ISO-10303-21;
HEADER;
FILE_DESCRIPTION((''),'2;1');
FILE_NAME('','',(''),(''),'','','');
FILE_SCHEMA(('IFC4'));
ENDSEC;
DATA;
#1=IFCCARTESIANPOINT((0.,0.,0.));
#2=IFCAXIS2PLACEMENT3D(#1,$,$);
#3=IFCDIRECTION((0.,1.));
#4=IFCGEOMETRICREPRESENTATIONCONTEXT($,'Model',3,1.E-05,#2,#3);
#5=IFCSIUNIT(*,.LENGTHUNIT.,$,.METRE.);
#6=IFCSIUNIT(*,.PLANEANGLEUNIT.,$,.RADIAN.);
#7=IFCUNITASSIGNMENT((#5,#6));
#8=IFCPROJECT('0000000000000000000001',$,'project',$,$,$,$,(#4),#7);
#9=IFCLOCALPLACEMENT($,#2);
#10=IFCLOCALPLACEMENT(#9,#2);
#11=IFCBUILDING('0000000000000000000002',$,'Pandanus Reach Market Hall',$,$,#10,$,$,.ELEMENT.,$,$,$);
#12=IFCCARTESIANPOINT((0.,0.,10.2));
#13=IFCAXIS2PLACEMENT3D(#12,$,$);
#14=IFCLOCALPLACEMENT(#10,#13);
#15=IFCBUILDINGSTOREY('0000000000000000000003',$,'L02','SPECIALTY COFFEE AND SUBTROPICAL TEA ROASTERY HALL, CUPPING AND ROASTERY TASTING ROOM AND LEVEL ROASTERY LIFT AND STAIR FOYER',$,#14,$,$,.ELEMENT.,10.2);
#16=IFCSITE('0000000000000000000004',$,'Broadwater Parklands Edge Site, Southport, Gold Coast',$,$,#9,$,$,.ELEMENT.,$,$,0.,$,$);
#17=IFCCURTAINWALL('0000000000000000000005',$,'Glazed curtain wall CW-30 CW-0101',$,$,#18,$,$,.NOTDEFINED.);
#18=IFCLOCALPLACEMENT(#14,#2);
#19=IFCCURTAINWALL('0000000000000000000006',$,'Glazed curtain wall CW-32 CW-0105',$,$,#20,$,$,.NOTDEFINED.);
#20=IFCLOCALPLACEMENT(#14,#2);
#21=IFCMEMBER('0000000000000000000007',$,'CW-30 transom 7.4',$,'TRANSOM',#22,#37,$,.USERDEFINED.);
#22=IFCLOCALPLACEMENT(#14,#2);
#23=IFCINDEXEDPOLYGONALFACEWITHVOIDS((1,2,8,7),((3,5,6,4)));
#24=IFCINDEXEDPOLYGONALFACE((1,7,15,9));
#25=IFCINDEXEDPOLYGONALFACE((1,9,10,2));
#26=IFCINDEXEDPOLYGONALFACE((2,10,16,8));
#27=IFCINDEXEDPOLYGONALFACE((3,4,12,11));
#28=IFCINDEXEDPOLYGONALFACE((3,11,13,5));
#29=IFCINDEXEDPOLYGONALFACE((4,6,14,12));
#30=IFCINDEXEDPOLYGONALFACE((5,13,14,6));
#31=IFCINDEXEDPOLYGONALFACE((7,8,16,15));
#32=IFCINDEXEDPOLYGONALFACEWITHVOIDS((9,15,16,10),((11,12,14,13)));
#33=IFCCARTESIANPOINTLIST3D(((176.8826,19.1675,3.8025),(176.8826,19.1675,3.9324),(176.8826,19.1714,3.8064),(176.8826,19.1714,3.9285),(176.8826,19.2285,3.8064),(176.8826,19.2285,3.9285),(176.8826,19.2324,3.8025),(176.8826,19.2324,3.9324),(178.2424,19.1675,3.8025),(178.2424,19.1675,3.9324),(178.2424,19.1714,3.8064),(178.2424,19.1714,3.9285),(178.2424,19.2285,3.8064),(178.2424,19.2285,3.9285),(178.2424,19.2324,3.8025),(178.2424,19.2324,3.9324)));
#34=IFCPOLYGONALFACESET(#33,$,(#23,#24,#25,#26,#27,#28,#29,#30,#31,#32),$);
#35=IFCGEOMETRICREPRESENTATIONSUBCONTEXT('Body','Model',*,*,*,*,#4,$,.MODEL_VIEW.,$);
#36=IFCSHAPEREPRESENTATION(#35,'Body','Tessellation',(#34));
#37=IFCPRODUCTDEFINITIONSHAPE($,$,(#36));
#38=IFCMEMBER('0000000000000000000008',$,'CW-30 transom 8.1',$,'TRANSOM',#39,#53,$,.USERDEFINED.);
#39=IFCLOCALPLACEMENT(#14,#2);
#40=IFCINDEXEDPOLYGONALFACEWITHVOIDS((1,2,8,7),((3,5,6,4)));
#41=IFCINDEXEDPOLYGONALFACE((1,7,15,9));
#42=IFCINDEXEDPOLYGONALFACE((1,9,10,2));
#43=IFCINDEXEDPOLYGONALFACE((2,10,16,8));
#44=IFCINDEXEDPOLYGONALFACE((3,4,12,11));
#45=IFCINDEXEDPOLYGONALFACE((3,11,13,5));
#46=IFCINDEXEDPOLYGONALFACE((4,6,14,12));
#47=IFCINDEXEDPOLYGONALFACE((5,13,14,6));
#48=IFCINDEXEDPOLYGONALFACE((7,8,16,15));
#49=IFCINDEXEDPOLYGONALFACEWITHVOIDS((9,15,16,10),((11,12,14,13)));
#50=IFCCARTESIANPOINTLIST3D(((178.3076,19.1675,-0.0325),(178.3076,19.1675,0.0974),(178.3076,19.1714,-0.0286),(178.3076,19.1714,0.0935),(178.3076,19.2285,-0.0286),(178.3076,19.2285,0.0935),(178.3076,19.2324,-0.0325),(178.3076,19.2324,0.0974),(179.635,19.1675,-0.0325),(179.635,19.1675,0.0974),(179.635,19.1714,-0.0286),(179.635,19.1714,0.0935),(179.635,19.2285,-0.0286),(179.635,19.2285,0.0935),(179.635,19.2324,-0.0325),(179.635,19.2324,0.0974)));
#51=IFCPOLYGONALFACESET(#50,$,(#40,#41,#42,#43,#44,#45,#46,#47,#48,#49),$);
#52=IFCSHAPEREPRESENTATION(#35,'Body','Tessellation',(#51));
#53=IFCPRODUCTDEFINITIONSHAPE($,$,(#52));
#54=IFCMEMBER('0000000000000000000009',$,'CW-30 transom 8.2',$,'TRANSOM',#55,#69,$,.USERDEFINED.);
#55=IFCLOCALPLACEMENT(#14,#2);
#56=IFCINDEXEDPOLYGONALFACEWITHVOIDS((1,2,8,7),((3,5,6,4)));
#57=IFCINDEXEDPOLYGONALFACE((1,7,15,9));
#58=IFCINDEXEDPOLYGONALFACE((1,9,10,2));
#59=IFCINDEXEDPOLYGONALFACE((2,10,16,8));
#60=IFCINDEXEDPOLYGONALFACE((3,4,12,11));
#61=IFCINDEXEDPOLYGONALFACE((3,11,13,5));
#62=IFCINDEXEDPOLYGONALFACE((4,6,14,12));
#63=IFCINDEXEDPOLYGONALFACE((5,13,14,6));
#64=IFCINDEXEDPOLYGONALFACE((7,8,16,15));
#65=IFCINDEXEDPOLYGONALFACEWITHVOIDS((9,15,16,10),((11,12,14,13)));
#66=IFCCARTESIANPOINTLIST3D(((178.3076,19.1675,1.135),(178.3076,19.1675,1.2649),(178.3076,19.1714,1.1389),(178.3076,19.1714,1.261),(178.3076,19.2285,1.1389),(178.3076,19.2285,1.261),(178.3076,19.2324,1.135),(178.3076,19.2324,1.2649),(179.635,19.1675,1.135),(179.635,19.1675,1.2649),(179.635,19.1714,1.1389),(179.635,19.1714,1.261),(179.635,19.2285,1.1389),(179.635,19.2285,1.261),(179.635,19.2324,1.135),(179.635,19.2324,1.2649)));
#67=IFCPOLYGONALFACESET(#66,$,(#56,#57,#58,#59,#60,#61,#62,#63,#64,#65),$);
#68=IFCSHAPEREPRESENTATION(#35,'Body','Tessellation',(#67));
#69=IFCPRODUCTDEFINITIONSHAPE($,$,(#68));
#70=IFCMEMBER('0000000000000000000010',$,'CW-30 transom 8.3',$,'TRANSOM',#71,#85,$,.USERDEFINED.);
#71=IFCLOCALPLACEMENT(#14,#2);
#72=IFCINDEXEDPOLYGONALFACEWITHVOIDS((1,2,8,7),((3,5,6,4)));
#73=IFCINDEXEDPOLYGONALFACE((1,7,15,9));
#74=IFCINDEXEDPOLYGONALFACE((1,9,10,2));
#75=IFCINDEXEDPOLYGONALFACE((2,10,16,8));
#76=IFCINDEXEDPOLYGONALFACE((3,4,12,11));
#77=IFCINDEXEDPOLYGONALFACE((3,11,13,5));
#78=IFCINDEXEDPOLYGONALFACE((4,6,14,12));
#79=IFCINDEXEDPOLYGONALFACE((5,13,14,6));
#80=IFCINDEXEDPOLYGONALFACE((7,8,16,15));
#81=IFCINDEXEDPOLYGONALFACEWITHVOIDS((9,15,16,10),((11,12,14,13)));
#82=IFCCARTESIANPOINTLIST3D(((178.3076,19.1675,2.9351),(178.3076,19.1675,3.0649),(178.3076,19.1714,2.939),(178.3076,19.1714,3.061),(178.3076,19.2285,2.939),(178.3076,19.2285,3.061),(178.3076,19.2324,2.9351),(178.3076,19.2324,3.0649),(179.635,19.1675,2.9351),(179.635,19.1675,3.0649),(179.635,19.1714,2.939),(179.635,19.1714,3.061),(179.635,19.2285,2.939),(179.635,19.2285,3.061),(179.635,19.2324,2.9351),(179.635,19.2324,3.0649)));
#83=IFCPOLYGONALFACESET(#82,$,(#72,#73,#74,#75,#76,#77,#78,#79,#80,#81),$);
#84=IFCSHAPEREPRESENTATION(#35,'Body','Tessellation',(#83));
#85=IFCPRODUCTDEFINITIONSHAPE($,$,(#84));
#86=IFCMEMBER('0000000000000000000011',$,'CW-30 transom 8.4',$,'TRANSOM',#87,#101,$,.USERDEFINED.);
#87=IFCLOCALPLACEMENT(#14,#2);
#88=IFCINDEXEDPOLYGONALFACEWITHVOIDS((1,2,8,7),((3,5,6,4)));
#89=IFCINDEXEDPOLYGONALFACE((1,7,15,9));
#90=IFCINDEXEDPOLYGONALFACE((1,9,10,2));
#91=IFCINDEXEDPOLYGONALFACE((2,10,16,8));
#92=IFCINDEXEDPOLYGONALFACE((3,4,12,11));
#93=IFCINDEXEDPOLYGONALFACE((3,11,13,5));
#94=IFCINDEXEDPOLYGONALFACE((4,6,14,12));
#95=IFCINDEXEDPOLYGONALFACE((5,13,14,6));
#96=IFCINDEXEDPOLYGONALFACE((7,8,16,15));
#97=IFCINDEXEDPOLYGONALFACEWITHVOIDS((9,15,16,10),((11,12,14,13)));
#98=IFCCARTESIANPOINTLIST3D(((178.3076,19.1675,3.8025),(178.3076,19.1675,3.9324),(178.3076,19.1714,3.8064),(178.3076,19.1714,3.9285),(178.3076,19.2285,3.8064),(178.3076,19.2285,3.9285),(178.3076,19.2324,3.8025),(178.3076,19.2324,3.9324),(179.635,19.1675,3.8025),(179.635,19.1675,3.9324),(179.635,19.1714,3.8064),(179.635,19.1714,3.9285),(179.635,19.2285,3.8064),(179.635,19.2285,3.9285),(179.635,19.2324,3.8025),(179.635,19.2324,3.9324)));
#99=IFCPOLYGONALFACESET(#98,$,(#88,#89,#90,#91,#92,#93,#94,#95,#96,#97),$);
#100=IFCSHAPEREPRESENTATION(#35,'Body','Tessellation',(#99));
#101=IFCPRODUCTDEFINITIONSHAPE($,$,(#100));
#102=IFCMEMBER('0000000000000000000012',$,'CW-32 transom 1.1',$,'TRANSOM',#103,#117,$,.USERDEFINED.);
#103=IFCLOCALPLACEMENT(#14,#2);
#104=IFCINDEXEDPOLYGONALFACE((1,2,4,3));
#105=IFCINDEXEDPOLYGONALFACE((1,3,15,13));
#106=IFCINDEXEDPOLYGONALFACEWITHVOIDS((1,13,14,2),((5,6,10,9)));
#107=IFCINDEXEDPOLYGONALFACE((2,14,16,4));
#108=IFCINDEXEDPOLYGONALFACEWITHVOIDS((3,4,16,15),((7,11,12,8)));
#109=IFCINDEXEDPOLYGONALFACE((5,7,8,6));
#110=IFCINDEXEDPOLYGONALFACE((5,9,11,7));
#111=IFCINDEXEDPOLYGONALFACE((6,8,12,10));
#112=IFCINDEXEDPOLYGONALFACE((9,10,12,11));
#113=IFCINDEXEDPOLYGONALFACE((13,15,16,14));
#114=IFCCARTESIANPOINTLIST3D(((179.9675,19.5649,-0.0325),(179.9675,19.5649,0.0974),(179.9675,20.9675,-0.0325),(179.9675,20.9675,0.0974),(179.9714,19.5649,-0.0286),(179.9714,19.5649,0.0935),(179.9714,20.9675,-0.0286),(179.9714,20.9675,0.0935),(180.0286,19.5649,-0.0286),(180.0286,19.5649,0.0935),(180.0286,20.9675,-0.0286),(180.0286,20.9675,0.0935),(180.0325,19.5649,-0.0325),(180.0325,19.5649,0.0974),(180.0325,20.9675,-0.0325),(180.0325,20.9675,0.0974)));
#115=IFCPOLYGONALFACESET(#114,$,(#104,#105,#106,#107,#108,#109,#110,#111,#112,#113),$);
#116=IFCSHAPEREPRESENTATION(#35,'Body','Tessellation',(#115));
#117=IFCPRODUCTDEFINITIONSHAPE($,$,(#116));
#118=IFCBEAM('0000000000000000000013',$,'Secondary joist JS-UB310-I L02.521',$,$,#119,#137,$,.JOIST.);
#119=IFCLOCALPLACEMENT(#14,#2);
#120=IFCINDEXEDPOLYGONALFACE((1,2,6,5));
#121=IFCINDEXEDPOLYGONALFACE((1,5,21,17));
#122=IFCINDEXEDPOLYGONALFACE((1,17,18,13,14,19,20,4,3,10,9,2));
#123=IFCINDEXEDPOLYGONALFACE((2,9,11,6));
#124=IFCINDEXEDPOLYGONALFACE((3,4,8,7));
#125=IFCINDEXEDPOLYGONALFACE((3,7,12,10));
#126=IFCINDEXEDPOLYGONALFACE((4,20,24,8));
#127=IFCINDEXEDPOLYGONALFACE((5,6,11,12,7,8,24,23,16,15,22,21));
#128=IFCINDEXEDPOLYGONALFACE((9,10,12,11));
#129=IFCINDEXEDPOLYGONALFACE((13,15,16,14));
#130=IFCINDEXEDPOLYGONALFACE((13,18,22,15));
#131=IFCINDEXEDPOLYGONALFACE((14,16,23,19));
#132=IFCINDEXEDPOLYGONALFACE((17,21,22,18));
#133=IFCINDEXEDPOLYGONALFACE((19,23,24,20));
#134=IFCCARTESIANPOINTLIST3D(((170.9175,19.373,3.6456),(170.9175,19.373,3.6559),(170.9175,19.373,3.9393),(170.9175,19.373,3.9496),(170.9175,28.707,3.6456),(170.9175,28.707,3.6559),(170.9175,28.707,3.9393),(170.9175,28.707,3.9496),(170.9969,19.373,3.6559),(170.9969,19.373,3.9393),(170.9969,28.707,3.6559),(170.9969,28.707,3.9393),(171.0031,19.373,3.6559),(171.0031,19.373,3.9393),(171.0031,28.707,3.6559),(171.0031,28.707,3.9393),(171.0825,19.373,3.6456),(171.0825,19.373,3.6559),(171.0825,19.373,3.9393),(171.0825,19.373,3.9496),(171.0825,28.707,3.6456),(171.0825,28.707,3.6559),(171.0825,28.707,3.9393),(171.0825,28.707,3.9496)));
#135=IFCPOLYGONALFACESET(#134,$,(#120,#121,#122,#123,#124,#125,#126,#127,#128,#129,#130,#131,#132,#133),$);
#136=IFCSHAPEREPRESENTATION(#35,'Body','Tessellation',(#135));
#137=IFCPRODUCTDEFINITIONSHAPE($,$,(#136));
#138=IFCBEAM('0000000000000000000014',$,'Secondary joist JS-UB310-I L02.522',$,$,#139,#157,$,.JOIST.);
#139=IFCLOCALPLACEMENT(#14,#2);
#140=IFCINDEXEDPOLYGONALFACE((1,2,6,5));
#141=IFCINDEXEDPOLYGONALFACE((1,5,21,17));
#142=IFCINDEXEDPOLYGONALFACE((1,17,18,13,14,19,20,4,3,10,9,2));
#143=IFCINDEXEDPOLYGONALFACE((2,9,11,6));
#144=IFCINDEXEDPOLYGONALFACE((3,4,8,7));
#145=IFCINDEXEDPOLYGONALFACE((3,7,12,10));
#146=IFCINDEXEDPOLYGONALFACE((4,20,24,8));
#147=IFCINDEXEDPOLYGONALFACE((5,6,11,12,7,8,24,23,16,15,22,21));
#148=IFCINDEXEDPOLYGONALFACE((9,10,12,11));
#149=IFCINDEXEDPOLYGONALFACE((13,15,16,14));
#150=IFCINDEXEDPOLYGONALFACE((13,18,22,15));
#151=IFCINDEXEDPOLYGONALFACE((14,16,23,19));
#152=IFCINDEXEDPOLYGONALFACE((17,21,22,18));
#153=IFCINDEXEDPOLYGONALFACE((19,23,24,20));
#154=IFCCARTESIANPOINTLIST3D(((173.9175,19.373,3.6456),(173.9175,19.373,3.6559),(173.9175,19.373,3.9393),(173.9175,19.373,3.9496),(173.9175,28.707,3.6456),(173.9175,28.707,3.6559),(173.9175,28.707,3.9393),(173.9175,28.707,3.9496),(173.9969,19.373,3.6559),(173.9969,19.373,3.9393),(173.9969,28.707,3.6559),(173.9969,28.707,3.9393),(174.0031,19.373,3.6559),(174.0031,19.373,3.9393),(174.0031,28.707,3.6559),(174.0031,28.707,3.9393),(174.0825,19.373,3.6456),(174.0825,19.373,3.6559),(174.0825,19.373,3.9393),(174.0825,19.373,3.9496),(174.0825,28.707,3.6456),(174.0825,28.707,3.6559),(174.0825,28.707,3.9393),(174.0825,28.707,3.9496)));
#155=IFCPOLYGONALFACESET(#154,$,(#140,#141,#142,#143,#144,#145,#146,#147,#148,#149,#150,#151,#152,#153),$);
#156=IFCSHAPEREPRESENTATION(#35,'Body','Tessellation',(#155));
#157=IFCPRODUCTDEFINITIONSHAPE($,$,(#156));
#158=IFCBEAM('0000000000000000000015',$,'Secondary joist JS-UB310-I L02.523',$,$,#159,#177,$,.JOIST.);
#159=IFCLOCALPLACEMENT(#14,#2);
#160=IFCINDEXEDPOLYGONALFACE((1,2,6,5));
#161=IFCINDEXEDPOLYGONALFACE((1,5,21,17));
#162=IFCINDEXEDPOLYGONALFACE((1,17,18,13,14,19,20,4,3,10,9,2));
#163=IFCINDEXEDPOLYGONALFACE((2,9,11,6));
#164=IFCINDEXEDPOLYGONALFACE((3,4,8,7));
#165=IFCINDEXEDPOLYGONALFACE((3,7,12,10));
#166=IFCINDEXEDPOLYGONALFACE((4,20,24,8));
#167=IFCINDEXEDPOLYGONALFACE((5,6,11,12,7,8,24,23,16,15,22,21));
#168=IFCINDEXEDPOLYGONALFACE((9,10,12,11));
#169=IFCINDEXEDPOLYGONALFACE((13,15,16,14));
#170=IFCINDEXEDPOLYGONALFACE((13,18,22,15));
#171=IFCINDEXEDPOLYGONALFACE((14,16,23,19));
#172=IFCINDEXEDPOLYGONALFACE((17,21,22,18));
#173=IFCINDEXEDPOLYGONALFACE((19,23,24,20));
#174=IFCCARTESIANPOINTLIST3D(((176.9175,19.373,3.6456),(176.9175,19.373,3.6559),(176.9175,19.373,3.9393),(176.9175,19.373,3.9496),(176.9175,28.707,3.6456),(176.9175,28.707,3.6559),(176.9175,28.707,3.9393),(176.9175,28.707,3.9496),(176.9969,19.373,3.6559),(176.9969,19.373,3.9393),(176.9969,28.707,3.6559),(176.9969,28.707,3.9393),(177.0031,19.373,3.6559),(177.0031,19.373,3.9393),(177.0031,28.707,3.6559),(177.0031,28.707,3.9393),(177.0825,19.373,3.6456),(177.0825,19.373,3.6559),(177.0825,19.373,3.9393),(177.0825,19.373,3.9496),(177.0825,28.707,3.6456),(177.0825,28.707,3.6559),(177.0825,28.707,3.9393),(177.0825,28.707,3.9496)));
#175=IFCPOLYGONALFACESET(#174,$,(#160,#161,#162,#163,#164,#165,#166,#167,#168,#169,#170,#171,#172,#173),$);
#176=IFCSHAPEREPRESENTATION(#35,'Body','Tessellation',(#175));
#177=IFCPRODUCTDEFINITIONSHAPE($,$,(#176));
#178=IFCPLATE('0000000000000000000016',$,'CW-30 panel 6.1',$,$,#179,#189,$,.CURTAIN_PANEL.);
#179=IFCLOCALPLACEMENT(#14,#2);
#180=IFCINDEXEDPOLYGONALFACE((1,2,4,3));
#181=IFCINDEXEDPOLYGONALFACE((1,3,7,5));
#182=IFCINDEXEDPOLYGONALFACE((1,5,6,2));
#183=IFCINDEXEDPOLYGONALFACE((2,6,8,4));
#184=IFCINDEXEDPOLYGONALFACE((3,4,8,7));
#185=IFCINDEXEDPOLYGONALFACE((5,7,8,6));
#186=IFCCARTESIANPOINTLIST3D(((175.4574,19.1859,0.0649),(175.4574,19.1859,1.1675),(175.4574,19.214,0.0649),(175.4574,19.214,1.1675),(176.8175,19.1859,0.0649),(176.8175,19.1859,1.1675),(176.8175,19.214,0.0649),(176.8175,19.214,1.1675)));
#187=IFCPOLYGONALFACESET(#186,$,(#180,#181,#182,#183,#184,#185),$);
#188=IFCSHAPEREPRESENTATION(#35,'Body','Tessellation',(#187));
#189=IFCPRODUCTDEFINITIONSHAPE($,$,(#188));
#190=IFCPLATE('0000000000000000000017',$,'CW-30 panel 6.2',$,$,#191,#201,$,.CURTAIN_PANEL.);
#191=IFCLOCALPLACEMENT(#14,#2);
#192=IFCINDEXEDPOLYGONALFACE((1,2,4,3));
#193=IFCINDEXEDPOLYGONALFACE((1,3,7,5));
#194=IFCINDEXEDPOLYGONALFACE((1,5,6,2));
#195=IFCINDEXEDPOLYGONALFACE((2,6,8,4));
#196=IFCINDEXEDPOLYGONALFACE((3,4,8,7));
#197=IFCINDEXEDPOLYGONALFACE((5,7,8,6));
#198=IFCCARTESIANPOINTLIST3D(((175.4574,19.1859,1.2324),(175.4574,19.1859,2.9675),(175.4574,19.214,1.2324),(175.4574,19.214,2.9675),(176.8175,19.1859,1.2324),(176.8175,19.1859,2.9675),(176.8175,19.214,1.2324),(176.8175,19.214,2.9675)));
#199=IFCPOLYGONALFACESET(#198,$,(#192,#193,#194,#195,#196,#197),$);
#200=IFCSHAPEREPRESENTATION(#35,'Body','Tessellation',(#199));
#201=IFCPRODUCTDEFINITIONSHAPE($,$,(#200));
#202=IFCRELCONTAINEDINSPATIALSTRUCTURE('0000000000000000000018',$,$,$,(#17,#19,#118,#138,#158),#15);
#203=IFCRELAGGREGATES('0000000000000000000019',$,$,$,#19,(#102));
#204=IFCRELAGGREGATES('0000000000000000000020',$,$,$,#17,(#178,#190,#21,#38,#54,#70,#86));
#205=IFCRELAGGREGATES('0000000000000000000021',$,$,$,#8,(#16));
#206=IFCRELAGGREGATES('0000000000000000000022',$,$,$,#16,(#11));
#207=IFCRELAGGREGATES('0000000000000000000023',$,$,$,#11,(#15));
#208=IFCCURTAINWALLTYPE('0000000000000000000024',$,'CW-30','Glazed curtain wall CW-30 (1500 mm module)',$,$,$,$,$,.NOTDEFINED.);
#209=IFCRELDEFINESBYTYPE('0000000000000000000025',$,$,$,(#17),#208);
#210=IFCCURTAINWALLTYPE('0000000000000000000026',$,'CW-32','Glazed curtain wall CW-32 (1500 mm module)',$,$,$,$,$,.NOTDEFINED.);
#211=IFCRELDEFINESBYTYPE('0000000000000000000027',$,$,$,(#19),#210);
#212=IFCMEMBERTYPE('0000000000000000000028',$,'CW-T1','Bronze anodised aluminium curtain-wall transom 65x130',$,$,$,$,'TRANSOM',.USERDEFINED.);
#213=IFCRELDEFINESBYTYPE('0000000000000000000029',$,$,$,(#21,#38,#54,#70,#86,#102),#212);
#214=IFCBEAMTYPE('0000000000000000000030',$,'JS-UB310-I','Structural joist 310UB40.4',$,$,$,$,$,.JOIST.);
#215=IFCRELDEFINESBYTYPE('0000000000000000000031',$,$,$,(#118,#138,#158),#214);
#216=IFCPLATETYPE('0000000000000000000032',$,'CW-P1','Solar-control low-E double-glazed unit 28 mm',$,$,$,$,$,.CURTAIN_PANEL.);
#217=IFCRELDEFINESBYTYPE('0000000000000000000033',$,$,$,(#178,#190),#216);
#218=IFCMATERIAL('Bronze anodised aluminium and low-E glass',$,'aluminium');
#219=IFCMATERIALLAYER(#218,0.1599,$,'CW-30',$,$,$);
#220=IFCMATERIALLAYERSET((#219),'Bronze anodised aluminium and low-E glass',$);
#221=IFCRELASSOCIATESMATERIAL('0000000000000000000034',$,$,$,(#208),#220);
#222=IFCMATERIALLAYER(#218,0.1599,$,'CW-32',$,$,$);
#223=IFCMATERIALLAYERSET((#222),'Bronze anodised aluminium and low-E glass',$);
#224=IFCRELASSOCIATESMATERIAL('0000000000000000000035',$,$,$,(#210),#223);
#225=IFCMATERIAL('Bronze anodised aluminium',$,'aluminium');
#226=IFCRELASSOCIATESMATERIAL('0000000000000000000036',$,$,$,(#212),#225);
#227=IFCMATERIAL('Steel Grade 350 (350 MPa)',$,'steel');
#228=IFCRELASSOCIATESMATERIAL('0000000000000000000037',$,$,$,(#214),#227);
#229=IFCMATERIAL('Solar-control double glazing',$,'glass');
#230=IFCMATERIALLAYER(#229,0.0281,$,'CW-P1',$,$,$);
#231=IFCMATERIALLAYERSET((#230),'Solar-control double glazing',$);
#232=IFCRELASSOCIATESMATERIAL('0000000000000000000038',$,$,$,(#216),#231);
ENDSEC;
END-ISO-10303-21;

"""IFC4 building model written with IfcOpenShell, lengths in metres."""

from ifc_helpers import new_model, si_unit, direction, frame, origin, origin_2d, place, context, subcontext, project, spatial, rectangle, hollow_rectangle, i_section, extrude, material, layer, layer_set, material_profile, profile_set, type_object, element, aggregate, save


model = new_model("IFC4")

# Units and contexts
model_context = context("Model", 3, precision=1e-05, world=origin(), true_north=direction((0.0, 1.0)))
body_context = subcontext(model_context, "Body", "Model", "MODEL_VIEW")
ifc_project = project(units=[si_unit("LENGTHUNIT", "METRE"), si_unit("PLANEANGLEUNIT", "RADIAN")], contexts=[model_context])

# Site, building, storey
site_placement = place(None, origin())
site = spatial("IfcSite", under=ifc_project, at=site_placement, Name="Broadwater Parklands Edge Site, Southport, Gold Coast", CompositionType="ELEMENT", RefElevation=0.0)
building_placement = place(site_placement, origin())
building = spatial("IfcBuilding", under=site, at=building_placement, Name="Pandanus Reach Market Hall", CompositionType="ELEMENT")
storey_placement = place(building_placement, frame((0.0, 0.0, 10.2)))
storey = spatial("IfcBuildingStorey", under=building, at=storey_placement, Name="L02", Description="SPECIALTY COFFEE AND SUBTROPICAL TEA ROASTERY HALL, CUPPING AND ROASTERY TASTING ROOM AND LEVEL ROASTERY LIFT AND STAIR FOYER", CompositionType="ELEMENT", Elevation=10.2)

# Curtain wall
ifc_material_1 = material(Name="Bronze anodised aluminium and low-E glass", Category="aluminium")
ifc_layer_1 = layer(ifc_material_1, 0.1599, Name="CW-30")
ifc_layer_set_1 = layer_set([ifc_layer_1], Name="Bronze anodised aluminium and low-E glass")
curtain_wall_type_1 = type_object("IfcCurtainWallType", Name="CW-30", Description="Glazed curtain wall CW-30 (1500 mm module)", PredefinedType="NOTDEFINED", material=ifc_layer_set_1)
curtain_wall_1_placement = place(storey_placement, origin())
curtain_wall_1 = element("IfcCurtainWall", 1, at=curtain_wall_1_placement, inside=storey, type_object=curtain_wall_type_1, Name="Glazed curtain wall CW-30 CW-0101", PredefinedType="NOTDEFINED")
ifc_material_2 = material(Name="Bronze anodised aluminium", Category="aluminium")

# Curtain wall
ifc_layer_2 = layer(ifc_material_1, 0.1599, Name="CW-32")
ifc_layer_set_2 = layer_set([ifc_layer_2], Name="Bronze anodised aluminium and low-E glass")
curtain_wall_type_2 = type_object("IfcCurtainWallType", Name="CW-32", Description="Glazed curtain wall CW-32 (1500 mm module)", PredefinedType="NOTDEFINED", material=ifc_layer_set_2)
curtain_wall_2_placement = place(storey_placement, origin())
curtain_wall_2 = element("IfcCurtainWall", 2, at=curtain_wall_2_placement, inside=storey, type_object=curtain_wall_type_2, Name="Glazed curtain wall CW-32 CW-0105", PredefinedType="NOTDEFINED")

# Members
ifc_material_profile_1 = material_profile(ifc_material_2, hollow_rectangle(XDim=0.0649, YDim=0.1299, WallThickness=0.0039, at=origin_2d()), Name="ALU65x130", Category="LoadBearing")
ifc_profile_set_1 = profile_set([ifc_material_profile_1], Name="Bronze anodised aluminium")
member_type_1 = type_object("IfcMemberType", Name="CW-T1", Description="Bronze anodised aluminium curtain-wall transom 65x130", ElementType="TRANSOM", PredefinedType="USERDEFINED", material=ifc_profile_set_1)
member_1_placement = place(storey_placement, frame((176.8826, 19.2, 3.8674), z_axis=(1.0, 0.0, 0.0), x_axis=(0.0, 1.0, 0.0)))
member_1 = element("IfcMember", 3, at=member_1_placement, type_object=member_type_1, Name="CW-30 transom 7.4", ObjectType="TRANSOM", PredefinedType="USERDEFINED", context=body_context, shape_type="SweptSolid", body=[
    extrude(hollow_rectangle(XDim=0.0649, YDim=0.1299, WallThickness=0.0039, at=origin_2d()), origin(), (0.0, 0.0, 1.0), 1.3599),
])
member_2_placement = place(storey_placement, frame((178.3076, 19.2, 0.0325), z_axis=(1.0, 0.0, 0.0), x_axis=(0.0, 1.0, 0.0)))
member_2 = element("IfcMember", 4, at=member_2_placement, type_object=member_type_1, Name="CW-30 transom 8.1", ObjectType="TRANSOM", PredefinedType="USERDEFINED", context=body_context, shape_type="SweptSolid", body=[
    extrude(hollow_rectangle(XDim=0.0649, YDim=0.1299, WallThickness=0.0039, at=origin_2d()), origin(), (0.0, 0.0, 1.0), 1.3274),
])
member_3_placement = place(storey_placement, frame((178.3076, 19.2, 1.2), z_axis=(1.0, 0.0, 0.0), x_axis=(0.0, 1.0, 0.0)))
member_3 = element("IfcMember", 5, at=member_3_placement, type_object=member_type_1, Name="CW-30 transom 8.2", ObjectType="TRANSOM", PredefinedType="USERDEFINED", context=body_context, shape_type="SweptSolid", body=[
    extrude(hollow_rectangle(XDim=0.0649, YDim=0.1299, WallThickness=0.0039, at=origin_2d()), origin(), (0.0, 0.0, 1.0), 1.3274),
])
member_4_placement = place(storey_placement, frame((178.3076, 19.2, 3.0), z_axis=(1.0, 0.0, 0.0), x_axis=(0.0, 1.0, 0.0)))
member_4 = element("IfcMember", 6, at=member_4_placement, type_object=member_type_1, Name="CW-30 transom 8.3", ObjectType="TRANSOM", PredefinedType="USERDEFINED", context=body_context, shape_type="SweptSolid", body=[
    extrude(hollow_rectangle(XDim=0.0649, YDim=0.1299, WallThickness=0.0039, at=origin_2d()), origin(), (0.0, 0.0, 1.0), 1.3274),
])
member_5_placement = place(storey_placement, frame((178.3076, 19.2, 3.8674), z_axis=(1.0, 0.0, 0.0), x_axis=(0.0, 1.0, 0.0)))
member_5 = element("IfcMember", 7, at=member_5_placement, type_object=member_type_1, Name="CW-30 transom 8.4", ObjectType="TRANSOM", PredefinedType="USERDEFINED", context=body_context, shape_type="SweptSolid", body=[
    extrude(hollow_rectangle(XDim=0.0649, YDim=0.1299, WallThickness=0.0039, at=origin_2d()), origin(), (0.0, 0.0, 1.0), 1.3274),
])
member_6_placement = place(storey_placement, frame((180.0, 19.5649, 0.0325), z_axis=(0.0, 1.0, 0.0), x_axis=(-1.0, 0.0, 0.0)))
member_6 = element("IfcMember", 8, at=member_6_placement, type_object=member_type_1, Name="CW-32 transom 1.1", ObjectType="TRANSOM", PredefinedType="USERDEFINED", context=body_context, shape_type="SweptSolid", body=[
    extrude(hollow_rectangle(XDim=0.0649, YDim=0.1299, WallThickness=0.0039, at=origin_2d()), origin(), (0.0, 0.0, 1.0), 1.4026),
])
aggregate(curtain_wall_2, [member_6])

# Beams
ifc_material_3 = material(Name="Steel Grade 350 (350 MPa)", Category="steel")
ifc_material_profile_2 = material_profile(ifc_material_3, i_section(OverallWidth=0.165, OverallDepth=0.304, WebThickness=0.0061, FlangeThickness=0.0103, at=origin_2d()), Name="310UB40.4", Category="LoadBearing")
ifc_profile_set_2 = profile_set([ifc_material_profile_2], Name="Steel Grade 350 (350 MPa)")
beam_type_1 = type_object("IfcBeamType", Name="JS-UB310-I", Description="Structural joist 310UB40.4", PredefinedType="JOIST", material=ifc_profile_set_2)
for number, where, z_axis, x_axis, name in (
    (9, (171.0, 19.373, 3.7976), (0.0, 1.0, 0.0), (-1.0, 0.0, 0.0), "Secondary joist JS-UB310-I L02.521"),
    (10, (174.0, 19.373, 3.7976), (0.0, 1.0, 0.0), (-1.0, 0.0, 0.0), "Secondary joist JS-UB310-I L02.522"),
    (11, (177.0, 19.373, 3.7976), (0.0, 1.0, 0.0), (-1.0, 0.0, 0.0), "Secondary joist JS-UB310-I L02.523"),
):
    element("IfcBeam", number, at=place(storey_placement, frame(where, z_axis=z_axis, x_axis=x_axis)), inside=storey, type_object=beam_type_1, Name=name, PredefinedType="JOIST", context=body_context, shape_type="SweptSolid", body=[
        extrude(i_section(OverallWidth=0.165, OverallDepth=0.304, WebThickness=0.0061, FlangeThickness=0.0103, at=origin_2d()), origin(), (0.0, 0.0, 1.0), 9.334),
    ])

# Plates
ifc_material_4 = material(Name="Solar-control double glazing", Category="glass")
ifc_layer_3 = layer(ifc_material_4, 0.0281, Name="CW-P1")
ifc_layer_set_3 = layer_set([ifc_layer_3], Name="Solar-control double glazing")
plate_type = type_object("IfcPlateType", Name="CW-P1", Description="Solar-control low-E double-glazed unit 28 mm", PredefinedType="CURTAIN_PANEL", material=ifc_layer_set_3)
plate_1_placement = place(storey_placement, frame((176.1375, 19.2, 0.0649), z_axis=(0.0, 0.0, 1.0), x_axis=(1.0, 0.0, 0.0)))
plate_1 = element("IfcPlate", 12, at=plate_1_placement, type_object=plate_type, Name="CW-30 panel 6.1", PredefinedType="CURTAIN_PANEL", context=body_context, shape_type="SweptSolid", body=[
    extrude(rectangle(XDim=1.3601, YDim=0.0281, at=origin_2d()), origin(), (0.0, 0.0, 1.0), 1.1025),
])
plate_2_placement = place(storey_placement, frame((176.1375, 19.2, 1.2324), z_axis=(0.0, 0.0, 1.0), x_axis=(1.0, 0.0, 0.0)))
plate_2 = element("IfcPlate", 13, at=plate_2_placement, type_object=plate_type, Name="CW-30 panel 6.2", PredefinedType="CURTAIN_PANEL", context=body_context, shape_type="SweptSolid", body=[
    extrude(rectangle(XDim=1.3601, YDim=0.0281, at=origin_2d()), origin(), (0.0, 0.0, 1.0), 1.7351),
])
aggregate(curtain_wall_1, [plate_1, plate_2, member_1, member_2, member_3, member_4, member_5])

save(model, "model.ifc")
